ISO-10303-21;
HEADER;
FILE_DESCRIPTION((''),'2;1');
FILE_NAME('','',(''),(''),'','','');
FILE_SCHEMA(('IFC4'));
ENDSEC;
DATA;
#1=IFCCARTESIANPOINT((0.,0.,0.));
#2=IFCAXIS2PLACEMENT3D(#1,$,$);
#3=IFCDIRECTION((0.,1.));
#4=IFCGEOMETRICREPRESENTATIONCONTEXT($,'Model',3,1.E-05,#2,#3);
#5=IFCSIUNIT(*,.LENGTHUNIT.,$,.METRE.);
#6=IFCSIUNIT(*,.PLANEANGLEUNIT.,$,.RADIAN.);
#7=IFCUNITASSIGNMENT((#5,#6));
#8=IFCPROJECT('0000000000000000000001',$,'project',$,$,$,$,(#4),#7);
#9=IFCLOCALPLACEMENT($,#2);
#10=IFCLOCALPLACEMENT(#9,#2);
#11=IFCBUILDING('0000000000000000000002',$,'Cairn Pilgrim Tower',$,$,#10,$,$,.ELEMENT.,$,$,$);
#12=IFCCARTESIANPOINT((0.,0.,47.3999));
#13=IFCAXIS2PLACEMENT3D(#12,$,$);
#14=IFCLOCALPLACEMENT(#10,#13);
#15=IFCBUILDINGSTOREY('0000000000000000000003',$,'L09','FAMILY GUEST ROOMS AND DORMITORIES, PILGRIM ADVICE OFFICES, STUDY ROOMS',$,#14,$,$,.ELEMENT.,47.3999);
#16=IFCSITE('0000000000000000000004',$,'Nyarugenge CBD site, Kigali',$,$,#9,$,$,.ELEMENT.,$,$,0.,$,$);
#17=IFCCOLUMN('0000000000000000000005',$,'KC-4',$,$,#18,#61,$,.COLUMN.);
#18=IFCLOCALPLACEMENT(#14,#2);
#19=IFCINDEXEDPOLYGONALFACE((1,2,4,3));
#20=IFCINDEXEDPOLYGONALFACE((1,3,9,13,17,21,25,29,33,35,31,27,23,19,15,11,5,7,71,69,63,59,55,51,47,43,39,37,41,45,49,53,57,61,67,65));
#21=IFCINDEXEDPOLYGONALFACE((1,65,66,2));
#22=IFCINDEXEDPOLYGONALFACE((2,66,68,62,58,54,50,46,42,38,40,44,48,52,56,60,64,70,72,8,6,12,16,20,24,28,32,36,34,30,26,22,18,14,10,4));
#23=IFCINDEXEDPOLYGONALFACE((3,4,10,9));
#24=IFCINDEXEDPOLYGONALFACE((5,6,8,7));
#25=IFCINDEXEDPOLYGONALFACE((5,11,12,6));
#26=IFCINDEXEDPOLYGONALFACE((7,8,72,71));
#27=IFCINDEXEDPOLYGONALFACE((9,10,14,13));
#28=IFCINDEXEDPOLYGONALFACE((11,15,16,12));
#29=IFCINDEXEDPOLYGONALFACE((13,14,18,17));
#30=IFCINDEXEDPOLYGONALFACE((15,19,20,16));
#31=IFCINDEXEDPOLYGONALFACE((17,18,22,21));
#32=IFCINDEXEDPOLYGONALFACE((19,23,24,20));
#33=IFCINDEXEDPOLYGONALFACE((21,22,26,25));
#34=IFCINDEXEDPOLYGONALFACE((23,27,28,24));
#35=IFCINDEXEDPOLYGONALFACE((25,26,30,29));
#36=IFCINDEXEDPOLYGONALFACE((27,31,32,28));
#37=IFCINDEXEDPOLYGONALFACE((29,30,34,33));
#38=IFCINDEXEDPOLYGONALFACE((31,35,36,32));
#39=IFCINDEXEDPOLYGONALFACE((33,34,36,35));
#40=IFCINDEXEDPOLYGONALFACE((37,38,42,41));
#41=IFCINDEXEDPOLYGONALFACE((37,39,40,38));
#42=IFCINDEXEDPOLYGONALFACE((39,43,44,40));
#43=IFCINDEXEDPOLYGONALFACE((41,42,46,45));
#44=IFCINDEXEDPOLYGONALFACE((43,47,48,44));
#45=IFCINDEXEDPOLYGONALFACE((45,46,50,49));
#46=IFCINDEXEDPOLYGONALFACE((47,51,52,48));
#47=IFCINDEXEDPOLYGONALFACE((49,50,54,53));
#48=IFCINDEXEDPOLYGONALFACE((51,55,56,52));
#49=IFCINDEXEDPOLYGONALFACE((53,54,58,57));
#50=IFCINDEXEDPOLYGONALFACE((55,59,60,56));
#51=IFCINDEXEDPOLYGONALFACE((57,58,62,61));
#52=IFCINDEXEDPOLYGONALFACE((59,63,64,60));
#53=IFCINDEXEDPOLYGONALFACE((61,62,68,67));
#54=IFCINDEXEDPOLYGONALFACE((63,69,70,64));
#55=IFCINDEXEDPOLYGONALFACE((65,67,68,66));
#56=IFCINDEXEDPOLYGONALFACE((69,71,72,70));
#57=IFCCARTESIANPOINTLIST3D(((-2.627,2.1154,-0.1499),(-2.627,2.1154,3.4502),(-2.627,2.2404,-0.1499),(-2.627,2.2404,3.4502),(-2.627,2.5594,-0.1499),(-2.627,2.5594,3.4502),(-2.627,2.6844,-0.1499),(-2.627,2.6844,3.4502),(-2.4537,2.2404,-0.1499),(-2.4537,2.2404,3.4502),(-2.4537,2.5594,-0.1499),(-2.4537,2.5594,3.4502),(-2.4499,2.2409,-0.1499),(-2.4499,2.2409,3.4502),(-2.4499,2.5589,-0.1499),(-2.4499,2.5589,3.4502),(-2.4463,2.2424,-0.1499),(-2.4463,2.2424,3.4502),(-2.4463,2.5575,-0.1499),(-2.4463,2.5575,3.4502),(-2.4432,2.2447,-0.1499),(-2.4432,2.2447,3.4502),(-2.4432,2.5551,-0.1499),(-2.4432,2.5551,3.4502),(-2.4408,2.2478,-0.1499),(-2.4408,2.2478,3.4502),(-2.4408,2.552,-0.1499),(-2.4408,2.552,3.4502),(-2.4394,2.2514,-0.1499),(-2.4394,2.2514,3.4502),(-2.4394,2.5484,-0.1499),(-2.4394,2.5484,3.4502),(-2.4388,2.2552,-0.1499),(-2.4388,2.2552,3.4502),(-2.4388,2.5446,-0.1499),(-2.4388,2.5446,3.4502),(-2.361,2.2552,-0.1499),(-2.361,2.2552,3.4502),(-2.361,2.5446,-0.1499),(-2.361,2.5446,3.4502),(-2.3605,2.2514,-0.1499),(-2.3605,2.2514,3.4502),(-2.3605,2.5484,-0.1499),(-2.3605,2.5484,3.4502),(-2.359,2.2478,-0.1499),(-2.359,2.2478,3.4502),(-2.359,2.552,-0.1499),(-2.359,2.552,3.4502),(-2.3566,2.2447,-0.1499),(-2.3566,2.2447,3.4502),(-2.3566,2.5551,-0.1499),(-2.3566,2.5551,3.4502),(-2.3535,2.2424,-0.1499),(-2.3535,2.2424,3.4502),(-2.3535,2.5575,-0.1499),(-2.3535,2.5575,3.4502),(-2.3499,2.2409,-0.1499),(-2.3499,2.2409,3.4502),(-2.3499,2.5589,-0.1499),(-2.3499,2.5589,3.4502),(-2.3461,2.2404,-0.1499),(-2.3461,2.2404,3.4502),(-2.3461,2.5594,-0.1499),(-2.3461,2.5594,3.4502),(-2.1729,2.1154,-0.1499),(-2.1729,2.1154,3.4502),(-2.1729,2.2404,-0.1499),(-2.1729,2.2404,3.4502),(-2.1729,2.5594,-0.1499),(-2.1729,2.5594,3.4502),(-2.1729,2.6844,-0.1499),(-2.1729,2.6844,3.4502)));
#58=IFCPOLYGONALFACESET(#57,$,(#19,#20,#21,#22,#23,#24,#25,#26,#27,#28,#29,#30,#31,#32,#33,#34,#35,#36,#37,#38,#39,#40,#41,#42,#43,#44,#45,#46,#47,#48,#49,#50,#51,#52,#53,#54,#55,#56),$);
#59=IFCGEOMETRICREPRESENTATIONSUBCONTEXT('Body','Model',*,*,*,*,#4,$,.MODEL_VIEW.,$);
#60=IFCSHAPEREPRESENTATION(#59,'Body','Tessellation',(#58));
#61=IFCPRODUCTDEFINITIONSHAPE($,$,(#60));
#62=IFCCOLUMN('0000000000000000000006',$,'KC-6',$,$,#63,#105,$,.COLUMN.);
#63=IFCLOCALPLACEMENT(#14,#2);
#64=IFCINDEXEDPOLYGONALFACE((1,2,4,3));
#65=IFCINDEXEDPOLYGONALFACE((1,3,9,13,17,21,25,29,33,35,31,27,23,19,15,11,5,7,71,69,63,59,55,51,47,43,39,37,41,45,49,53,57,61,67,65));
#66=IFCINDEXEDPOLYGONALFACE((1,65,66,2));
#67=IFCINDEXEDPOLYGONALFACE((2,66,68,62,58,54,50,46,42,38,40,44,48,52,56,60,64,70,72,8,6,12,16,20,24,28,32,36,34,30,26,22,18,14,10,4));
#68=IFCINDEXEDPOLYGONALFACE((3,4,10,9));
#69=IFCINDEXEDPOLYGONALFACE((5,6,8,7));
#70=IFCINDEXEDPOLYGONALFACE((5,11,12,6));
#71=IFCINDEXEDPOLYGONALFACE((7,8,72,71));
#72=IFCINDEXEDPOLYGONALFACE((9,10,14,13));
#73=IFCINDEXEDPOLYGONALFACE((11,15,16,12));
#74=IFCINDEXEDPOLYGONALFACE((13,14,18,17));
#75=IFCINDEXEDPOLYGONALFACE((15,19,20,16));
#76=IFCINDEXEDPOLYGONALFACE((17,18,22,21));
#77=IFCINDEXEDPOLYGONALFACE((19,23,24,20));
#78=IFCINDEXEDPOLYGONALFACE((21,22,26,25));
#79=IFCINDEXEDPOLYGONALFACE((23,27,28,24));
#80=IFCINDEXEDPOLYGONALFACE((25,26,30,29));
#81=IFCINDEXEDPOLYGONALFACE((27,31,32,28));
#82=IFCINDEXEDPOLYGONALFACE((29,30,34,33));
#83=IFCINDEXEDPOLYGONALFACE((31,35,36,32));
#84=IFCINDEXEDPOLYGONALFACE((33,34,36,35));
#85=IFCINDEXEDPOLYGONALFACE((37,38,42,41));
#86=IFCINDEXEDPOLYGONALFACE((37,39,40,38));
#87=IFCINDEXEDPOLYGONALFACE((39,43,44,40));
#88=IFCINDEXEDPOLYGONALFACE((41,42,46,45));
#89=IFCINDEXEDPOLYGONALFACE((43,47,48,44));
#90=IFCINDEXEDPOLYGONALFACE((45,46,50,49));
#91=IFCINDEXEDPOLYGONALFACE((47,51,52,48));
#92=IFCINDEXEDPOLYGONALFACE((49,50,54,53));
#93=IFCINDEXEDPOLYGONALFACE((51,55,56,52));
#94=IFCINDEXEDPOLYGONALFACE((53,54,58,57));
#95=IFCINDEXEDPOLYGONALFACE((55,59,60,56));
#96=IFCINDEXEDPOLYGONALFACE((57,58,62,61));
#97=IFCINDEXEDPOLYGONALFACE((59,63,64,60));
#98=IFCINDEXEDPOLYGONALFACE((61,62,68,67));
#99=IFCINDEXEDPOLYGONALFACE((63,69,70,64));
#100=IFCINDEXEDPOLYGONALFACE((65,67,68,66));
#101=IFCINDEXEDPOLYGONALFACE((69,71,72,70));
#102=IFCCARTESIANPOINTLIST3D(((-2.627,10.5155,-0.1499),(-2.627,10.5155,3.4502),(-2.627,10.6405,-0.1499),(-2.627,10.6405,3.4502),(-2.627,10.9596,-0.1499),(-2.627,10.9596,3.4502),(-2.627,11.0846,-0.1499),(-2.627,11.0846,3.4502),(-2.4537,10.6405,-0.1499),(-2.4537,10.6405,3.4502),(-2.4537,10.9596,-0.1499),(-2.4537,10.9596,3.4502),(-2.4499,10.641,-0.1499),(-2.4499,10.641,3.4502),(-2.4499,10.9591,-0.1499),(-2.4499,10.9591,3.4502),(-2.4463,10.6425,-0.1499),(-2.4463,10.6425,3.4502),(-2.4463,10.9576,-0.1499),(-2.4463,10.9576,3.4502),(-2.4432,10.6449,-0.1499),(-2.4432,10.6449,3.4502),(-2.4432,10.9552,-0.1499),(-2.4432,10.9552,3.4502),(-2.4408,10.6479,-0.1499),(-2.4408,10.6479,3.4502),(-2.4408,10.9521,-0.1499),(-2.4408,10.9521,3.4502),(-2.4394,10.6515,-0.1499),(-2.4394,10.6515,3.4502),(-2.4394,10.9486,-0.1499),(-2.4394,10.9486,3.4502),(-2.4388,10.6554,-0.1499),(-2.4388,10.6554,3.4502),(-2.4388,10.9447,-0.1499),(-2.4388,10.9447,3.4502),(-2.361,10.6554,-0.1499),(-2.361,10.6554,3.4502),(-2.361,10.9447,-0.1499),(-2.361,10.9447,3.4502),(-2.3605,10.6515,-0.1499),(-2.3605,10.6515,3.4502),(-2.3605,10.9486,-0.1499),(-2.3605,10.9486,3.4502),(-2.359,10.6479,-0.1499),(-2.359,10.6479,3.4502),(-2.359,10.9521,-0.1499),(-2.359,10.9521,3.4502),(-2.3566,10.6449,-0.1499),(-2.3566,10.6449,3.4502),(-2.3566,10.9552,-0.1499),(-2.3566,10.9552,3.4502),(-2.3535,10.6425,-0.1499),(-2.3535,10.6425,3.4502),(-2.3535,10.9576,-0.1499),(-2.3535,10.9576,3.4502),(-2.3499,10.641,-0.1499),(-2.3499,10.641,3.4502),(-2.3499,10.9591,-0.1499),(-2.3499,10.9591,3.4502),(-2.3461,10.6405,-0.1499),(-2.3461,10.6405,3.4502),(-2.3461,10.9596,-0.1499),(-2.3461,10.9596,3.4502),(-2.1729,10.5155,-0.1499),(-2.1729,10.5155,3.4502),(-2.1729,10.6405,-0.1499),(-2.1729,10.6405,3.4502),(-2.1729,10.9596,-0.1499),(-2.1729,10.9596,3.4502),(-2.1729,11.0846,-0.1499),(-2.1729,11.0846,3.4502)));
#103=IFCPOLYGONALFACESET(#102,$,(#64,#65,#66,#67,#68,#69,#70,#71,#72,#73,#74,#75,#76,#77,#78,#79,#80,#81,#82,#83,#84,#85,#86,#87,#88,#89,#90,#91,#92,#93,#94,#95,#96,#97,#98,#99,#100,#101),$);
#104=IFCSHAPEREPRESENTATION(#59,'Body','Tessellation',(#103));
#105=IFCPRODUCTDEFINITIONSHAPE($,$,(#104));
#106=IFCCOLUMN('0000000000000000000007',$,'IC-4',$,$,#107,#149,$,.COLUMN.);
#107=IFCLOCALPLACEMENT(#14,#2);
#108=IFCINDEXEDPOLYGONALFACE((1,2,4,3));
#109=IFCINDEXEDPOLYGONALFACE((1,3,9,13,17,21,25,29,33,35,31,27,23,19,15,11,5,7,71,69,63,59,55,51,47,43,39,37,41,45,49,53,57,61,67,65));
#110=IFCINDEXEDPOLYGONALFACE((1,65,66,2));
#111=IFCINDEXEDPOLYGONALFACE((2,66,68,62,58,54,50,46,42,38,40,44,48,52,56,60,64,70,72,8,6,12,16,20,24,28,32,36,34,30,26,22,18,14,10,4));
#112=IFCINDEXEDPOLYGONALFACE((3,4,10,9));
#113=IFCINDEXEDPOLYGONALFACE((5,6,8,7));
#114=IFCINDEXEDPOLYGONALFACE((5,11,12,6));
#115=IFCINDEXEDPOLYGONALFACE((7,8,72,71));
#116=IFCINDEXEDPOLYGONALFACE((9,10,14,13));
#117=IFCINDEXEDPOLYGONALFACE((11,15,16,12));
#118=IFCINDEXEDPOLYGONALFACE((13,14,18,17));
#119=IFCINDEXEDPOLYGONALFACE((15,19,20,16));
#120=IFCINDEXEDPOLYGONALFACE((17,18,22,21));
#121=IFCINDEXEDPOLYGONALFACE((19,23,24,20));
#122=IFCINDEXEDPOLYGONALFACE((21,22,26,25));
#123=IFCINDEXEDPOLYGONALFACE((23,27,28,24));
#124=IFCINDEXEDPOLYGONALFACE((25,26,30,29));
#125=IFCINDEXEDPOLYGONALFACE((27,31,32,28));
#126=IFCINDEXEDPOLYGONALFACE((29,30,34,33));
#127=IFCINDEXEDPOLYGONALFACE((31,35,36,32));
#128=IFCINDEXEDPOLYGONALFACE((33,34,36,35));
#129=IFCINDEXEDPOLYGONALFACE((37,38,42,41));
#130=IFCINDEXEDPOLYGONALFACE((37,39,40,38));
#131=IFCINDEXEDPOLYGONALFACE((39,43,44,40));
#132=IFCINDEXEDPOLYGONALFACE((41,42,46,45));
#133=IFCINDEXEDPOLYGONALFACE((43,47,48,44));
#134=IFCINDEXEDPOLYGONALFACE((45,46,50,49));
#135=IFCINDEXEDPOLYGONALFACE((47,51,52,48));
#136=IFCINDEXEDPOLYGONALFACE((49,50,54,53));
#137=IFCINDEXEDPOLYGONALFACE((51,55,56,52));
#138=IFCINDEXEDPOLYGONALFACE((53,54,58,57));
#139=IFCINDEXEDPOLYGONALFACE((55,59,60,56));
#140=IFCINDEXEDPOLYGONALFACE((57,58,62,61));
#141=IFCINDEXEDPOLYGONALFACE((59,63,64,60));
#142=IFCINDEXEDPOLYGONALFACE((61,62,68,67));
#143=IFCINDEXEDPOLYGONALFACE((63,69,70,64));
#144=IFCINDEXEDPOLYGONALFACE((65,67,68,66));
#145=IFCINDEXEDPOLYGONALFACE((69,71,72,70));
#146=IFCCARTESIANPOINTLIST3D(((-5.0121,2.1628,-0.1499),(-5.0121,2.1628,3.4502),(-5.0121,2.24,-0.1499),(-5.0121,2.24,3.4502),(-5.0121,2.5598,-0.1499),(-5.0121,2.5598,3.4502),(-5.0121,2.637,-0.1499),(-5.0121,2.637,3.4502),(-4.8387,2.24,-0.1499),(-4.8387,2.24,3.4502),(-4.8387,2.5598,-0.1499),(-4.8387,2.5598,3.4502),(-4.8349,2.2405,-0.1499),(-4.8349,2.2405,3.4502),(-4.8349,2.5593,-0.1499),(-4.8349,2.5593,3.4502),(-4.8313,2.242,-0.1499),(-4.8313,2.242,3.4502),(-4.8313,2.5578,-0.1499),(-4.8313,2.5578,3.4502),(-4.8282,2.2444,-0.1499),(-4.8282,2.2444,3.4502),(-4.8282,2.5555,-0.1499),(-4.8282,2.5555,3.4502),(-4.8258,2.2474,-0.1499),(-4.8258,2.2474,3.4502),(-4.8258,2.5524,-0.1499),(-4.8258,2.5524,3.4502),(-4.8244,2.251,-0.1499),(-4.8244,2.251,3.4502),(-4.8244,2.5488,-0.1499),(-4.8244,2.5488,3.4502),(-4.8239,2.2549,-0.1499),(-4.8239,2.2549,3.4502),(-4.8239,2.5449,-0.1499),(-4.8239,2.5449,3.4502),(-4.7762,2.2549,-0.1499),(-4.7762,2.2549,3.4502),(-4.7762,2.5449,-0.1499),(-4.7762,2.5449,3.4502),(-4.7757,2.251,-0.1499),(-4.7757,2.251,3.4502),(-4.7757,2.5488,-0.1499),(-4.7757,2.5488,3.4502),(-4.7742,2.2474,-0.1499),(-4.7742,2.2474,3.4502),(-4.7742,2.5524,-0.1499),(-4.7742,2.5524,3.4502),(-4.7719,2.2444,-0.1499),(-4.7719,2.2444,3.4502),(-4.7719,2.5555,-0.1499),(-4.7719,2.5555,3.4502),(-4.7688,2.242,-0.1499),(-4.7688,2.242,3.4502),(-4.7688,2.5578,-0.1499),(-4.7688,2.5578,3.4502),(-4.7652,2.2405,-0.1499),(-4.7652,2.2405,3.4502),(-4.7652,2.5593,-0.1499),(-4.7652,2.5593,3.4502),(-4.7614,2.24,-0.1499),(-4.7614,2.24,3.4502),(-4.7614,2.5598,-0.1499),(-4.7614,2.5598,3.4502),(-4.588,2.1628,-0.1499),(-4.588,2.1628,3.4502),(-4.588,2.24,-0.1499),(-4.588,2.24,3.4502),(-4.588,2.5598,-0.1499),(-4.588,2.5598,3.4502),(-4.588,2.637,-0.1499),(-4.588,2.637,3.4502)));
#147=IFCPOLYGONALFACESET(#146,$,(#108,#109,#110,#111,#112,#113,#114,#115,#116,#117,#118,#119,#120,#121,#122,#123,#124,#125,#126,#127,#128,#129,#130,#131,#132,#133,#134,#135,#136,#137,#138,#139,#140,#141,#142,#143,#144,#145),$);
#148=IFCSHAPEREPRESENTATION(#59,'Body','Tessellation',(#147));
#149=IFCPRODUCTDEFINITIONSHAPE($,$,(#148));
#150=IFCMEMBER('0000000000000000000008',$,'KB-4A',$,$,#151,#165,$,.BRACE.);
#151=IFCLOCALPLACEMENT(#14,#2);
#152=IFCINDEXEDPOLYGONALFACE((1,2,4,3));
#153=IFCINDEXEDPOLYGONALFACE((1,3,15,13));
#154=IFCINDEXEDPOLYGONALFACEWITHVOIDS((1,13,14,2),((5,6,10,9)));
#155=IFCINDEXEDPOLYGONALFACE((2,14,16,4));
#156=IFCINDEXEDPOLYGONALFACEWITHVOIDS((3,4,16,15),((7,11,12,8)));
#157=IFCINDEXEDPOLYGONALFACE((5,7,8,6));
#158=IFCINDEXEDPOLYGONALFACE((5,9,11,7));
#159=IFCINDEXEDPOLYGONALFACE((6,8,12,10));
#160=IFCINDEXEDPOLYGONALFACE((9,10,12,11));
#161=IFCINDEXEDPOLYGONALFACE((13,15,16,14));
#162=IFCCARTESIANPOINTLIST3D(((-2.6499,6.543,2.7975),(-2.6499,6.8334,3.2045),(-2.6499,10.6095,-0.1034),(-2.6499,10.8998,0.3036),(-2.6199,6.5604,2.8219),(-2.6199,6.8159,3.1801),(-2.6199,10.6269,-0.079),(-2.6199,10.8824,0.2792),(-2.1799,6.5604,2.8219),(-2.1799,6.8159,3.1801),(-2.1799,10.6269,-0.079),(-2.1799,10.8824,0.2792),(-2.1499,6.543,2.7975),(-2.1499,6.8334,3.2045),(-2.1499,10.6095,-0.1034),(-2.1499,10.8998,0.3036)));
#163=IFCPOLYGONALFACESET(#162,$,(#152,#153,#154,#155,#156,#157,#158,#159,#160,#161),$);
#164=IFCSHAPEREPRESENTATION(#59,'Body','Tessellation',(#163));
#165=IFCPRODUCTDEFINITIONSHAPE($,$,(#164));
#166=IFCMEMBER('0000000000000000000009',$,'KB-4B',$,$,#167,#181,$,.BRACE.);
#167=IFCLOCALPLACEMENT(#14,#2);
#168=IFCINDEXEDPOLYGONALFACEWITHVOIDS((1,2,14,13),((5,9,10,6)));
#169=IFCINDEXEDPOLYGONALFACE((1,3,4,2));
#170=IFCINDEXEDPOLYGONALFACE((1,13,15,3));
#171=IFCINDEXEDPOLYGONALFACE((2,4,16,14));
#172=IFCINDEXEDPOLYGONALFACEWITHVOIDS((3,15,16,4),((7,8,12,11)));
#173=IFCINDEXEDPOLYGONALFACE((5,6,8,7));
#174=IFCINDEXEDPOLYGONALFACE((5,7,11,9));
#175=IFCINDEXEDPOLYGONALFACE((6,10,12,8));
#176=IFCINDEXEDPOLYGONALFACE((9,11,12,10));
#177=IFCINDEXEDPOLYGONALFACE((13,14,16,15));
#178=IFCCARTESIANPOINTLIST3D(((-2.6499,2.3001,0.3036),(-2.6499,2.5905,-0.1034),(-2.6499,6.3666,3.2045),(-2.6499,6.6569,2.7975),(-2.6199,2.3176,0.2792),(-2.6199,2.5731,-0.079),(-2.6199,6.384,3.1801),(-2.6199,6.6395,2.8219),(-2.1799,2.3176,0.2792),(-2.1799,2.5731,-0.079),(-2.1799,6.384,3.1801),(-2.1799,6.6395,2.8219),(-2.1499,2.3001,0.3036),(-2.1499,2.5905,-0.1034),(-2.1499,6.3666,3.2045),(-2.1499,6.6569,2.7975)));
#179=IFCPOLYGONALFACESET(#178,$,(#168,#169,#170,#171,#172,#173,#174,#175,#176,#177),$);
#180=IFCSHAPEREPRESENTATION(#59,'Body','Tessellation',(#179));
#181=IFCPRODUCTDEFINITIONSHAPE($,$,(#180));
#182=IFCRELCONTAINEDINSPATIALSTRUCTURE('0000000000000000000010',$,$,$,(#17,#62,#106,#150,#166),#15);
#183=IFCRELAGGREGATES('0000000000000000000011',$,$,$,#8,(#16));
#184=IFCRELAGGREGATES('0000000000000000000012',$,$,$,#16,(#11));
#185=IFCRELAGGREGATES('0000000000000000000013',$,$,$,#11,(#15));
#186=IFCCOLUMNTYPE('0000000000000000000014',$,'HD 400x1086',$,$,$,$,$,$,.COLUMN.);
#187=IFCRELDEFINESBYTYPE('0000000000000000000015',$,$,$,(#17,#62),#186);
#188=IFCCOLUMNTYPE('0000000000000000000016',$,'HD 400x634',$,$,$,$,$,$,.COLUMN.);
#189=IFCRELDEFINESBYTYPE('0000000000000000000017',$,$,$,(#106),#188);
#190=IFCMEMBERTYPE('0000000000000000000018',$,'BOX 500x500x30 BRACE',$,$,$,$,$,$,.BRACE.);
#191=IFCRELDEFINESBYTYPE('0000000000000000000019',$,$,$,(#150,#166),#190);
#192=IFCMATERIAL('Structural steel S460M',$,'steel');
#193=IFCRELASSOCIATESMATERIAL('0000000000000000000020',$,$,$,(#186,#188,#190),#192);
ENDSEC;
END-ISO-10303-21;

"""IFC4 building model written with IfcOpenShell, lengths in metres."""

from ifc_helpers import new_model, si_unit, direction, frame, origin, origin_2d, place, context, subcontext, project, spatial, hollow_rectangle, i_section, extrude, material, material_profile, profile_set, type_object, element, save


model = new_model("IFC4")

# Units and contexts
model_context = context("Model", 3, precision=1e-05, world=origin(), true_north=direction((0.0, 1.0)))
body_context = subcontext(model_context, "Body", "Model", "MODEL_VIEW")
ifc_project = project(units=[si_unit("LENGTHUNIT", "METRE"), si_unit("PLANEANGLEUNIT", "RADIAN")], contexts=[model_context])

# Site, building, storey
site_placement = place(None, origin())
site = spatial("IfcSite", under=ifc_project, at=site_placement, Name="Nyarugenge CBD site, Kigali", CompositionType="ELEMENT", RefElevation=0.0)
building_placement = place(site_placement, origin())
building = spatial("IfcBuilding", under=site, at=building_placement, Name="Cairn Pilgrim Tower", CompositionType="ELEMENT")
storey_placement = place(building_placement, frame((0.0, 0.0, 47.3999)))
storey = spatial("IfcBuildingStorey", under=building, at=storey_placement, Name="L09", Description="FAMILY GUEST ROOMS AND DORMITORIES, PILGRIM ADVICE OFFICES, STUDY ROOMS", CompositionType="ELEMENT", Elevation=47.3999)

# Columns
ifc_material_1 = material(Name="Structural steel S460M", Category="steel")
ifc_material_profile_1 = material_profile(ifc_material_1, i_section(OverallWidth=0.4541, OverallDepth=0.5691, WebThickness=0.0779, FlangeThickness=0.125, FilletRadius=0.0149, at=origin_2d()), Name="HD 400x1086")
ifc_profile_set_1 = profile_set([ifc_material_profile_1], Name="Structural steel S460M")
column_type_1 = type_object("IfcColumnType", Name="HD 400x1086", PredefinedType="COLUMN", material=ifc_profile_set_1)
for number, where, z_axis, x_axis, name in (
    (1, (-2.3999, 2.3999, -0.1499), (0.0, 0.0, 1.0), (1.0, 0.0, 0.0), "KC-4"),
    (2, (-2.3999, 10.8, -0.1499), (0.0, 0.0, 1.0), (1.0, 0.0, 0.0), "KC-6"),
):
    element("IfcColumn", number, at=place(storey_placement, frame(where, z_axis=z_axis, x_axis=x_axis)), inside=storey, type_object=column_type_1, Name=name, PredefinedType="COLUMN", context=body_context, shape_type="SweptSolid", body=[
        extrude(i_section(OverallWidth=0.4541, OverallDepth=0.5691, WebThickness=0.0779, FlangeThickness=0.125, FilletRadius=0.0149, at=origin_2d()), origin(), (0.0, 0.0, 1.0), 3.6001),
    ])
ifc_material_profile_2 = material_profile(ifc_material_1, i_section(OverallWidth=0.4241, OverallDepth=0.4741, WebThickness=0.0476, FlangeThickness=0.0771, FilletRadius=0.0149, at=origin_2d()), Name="HD 400x634")
ifc_profile_set_2 = profile_set([ifc_material_profile_2], Name="Structural steel S460M")
column_type_2 = type_object("IfcColumnType", Name="HD 400x634", PredefinedType="COLUMN", material=ifc_profile_set_2)
column_placement = place(storey_placement, frame((-4.8, 2.3999, -0.1499), z_axis=(0.0, 0.0, 1.0), x_axis=(1.0, 0.0, 0.0)))
element("IfcColumn", 3, at=column_placement, inside=storey, type_object=column_type_2, Name="IC-4", PredefinedType="COLUMN", context=body_context, shape_type="SweptSolid", body=[
    extrude(i_section(OverallWidth=0.4241, OverallDepth=0.4741, WebThickness=0.0476, FlangeThickness=0.0771, FilletRadius=0.0149, at=origin_2d()), origin(), (0.0, 0.0, 1.0), 3.6001),
])

# Members
ifc_material_profile_3 = material_profile(ifc_material_1, hollow_rectangle(XDim=0.5, YDim=0.5, WallThickness=0.03, at=origin_2d()), Name="BOX 500x500x30")
ifc_profile_set_3 = profile_set([ifc_material_profile_3], Name="Structural steel S460M")
member_type = type_object("IfcMemberType", Name="BOX 500x500x30 BRACE", PredefinedType="BRACE", material=ifc_profile_set_3)
for number, where, z_axis, x_axis, name in (
    (4, (-2.3999, 10.7546, 0.1001), (0.0, -0.814083, 0.580748), (1.0, 0.0, 0.0), "KB-4A"),
    (5, (-2.3999, 2.4453, 0.1001), (0.0, 0.814083, 0.580748), (-1.0, 0.0, 0.0), "KB-4B"),
):
    element("IfcMember", number, at=place(storey_placement, frame(where, z_axis=z_axis, x_axis=x_axis)), inside=storey, type_object=member_type, Name=name, PredefinedType="BRACE", context=body_context, shape_type="SweptSolid", body=[
        extrude(hollow_rectangle(XDim=0.5, YDim=0.5, WallThickness=0.03, at=origin_2d()), origin(), (0.0, 0.0, 1.0), 4.9951),
    ])

save(model, "model.ifc")
